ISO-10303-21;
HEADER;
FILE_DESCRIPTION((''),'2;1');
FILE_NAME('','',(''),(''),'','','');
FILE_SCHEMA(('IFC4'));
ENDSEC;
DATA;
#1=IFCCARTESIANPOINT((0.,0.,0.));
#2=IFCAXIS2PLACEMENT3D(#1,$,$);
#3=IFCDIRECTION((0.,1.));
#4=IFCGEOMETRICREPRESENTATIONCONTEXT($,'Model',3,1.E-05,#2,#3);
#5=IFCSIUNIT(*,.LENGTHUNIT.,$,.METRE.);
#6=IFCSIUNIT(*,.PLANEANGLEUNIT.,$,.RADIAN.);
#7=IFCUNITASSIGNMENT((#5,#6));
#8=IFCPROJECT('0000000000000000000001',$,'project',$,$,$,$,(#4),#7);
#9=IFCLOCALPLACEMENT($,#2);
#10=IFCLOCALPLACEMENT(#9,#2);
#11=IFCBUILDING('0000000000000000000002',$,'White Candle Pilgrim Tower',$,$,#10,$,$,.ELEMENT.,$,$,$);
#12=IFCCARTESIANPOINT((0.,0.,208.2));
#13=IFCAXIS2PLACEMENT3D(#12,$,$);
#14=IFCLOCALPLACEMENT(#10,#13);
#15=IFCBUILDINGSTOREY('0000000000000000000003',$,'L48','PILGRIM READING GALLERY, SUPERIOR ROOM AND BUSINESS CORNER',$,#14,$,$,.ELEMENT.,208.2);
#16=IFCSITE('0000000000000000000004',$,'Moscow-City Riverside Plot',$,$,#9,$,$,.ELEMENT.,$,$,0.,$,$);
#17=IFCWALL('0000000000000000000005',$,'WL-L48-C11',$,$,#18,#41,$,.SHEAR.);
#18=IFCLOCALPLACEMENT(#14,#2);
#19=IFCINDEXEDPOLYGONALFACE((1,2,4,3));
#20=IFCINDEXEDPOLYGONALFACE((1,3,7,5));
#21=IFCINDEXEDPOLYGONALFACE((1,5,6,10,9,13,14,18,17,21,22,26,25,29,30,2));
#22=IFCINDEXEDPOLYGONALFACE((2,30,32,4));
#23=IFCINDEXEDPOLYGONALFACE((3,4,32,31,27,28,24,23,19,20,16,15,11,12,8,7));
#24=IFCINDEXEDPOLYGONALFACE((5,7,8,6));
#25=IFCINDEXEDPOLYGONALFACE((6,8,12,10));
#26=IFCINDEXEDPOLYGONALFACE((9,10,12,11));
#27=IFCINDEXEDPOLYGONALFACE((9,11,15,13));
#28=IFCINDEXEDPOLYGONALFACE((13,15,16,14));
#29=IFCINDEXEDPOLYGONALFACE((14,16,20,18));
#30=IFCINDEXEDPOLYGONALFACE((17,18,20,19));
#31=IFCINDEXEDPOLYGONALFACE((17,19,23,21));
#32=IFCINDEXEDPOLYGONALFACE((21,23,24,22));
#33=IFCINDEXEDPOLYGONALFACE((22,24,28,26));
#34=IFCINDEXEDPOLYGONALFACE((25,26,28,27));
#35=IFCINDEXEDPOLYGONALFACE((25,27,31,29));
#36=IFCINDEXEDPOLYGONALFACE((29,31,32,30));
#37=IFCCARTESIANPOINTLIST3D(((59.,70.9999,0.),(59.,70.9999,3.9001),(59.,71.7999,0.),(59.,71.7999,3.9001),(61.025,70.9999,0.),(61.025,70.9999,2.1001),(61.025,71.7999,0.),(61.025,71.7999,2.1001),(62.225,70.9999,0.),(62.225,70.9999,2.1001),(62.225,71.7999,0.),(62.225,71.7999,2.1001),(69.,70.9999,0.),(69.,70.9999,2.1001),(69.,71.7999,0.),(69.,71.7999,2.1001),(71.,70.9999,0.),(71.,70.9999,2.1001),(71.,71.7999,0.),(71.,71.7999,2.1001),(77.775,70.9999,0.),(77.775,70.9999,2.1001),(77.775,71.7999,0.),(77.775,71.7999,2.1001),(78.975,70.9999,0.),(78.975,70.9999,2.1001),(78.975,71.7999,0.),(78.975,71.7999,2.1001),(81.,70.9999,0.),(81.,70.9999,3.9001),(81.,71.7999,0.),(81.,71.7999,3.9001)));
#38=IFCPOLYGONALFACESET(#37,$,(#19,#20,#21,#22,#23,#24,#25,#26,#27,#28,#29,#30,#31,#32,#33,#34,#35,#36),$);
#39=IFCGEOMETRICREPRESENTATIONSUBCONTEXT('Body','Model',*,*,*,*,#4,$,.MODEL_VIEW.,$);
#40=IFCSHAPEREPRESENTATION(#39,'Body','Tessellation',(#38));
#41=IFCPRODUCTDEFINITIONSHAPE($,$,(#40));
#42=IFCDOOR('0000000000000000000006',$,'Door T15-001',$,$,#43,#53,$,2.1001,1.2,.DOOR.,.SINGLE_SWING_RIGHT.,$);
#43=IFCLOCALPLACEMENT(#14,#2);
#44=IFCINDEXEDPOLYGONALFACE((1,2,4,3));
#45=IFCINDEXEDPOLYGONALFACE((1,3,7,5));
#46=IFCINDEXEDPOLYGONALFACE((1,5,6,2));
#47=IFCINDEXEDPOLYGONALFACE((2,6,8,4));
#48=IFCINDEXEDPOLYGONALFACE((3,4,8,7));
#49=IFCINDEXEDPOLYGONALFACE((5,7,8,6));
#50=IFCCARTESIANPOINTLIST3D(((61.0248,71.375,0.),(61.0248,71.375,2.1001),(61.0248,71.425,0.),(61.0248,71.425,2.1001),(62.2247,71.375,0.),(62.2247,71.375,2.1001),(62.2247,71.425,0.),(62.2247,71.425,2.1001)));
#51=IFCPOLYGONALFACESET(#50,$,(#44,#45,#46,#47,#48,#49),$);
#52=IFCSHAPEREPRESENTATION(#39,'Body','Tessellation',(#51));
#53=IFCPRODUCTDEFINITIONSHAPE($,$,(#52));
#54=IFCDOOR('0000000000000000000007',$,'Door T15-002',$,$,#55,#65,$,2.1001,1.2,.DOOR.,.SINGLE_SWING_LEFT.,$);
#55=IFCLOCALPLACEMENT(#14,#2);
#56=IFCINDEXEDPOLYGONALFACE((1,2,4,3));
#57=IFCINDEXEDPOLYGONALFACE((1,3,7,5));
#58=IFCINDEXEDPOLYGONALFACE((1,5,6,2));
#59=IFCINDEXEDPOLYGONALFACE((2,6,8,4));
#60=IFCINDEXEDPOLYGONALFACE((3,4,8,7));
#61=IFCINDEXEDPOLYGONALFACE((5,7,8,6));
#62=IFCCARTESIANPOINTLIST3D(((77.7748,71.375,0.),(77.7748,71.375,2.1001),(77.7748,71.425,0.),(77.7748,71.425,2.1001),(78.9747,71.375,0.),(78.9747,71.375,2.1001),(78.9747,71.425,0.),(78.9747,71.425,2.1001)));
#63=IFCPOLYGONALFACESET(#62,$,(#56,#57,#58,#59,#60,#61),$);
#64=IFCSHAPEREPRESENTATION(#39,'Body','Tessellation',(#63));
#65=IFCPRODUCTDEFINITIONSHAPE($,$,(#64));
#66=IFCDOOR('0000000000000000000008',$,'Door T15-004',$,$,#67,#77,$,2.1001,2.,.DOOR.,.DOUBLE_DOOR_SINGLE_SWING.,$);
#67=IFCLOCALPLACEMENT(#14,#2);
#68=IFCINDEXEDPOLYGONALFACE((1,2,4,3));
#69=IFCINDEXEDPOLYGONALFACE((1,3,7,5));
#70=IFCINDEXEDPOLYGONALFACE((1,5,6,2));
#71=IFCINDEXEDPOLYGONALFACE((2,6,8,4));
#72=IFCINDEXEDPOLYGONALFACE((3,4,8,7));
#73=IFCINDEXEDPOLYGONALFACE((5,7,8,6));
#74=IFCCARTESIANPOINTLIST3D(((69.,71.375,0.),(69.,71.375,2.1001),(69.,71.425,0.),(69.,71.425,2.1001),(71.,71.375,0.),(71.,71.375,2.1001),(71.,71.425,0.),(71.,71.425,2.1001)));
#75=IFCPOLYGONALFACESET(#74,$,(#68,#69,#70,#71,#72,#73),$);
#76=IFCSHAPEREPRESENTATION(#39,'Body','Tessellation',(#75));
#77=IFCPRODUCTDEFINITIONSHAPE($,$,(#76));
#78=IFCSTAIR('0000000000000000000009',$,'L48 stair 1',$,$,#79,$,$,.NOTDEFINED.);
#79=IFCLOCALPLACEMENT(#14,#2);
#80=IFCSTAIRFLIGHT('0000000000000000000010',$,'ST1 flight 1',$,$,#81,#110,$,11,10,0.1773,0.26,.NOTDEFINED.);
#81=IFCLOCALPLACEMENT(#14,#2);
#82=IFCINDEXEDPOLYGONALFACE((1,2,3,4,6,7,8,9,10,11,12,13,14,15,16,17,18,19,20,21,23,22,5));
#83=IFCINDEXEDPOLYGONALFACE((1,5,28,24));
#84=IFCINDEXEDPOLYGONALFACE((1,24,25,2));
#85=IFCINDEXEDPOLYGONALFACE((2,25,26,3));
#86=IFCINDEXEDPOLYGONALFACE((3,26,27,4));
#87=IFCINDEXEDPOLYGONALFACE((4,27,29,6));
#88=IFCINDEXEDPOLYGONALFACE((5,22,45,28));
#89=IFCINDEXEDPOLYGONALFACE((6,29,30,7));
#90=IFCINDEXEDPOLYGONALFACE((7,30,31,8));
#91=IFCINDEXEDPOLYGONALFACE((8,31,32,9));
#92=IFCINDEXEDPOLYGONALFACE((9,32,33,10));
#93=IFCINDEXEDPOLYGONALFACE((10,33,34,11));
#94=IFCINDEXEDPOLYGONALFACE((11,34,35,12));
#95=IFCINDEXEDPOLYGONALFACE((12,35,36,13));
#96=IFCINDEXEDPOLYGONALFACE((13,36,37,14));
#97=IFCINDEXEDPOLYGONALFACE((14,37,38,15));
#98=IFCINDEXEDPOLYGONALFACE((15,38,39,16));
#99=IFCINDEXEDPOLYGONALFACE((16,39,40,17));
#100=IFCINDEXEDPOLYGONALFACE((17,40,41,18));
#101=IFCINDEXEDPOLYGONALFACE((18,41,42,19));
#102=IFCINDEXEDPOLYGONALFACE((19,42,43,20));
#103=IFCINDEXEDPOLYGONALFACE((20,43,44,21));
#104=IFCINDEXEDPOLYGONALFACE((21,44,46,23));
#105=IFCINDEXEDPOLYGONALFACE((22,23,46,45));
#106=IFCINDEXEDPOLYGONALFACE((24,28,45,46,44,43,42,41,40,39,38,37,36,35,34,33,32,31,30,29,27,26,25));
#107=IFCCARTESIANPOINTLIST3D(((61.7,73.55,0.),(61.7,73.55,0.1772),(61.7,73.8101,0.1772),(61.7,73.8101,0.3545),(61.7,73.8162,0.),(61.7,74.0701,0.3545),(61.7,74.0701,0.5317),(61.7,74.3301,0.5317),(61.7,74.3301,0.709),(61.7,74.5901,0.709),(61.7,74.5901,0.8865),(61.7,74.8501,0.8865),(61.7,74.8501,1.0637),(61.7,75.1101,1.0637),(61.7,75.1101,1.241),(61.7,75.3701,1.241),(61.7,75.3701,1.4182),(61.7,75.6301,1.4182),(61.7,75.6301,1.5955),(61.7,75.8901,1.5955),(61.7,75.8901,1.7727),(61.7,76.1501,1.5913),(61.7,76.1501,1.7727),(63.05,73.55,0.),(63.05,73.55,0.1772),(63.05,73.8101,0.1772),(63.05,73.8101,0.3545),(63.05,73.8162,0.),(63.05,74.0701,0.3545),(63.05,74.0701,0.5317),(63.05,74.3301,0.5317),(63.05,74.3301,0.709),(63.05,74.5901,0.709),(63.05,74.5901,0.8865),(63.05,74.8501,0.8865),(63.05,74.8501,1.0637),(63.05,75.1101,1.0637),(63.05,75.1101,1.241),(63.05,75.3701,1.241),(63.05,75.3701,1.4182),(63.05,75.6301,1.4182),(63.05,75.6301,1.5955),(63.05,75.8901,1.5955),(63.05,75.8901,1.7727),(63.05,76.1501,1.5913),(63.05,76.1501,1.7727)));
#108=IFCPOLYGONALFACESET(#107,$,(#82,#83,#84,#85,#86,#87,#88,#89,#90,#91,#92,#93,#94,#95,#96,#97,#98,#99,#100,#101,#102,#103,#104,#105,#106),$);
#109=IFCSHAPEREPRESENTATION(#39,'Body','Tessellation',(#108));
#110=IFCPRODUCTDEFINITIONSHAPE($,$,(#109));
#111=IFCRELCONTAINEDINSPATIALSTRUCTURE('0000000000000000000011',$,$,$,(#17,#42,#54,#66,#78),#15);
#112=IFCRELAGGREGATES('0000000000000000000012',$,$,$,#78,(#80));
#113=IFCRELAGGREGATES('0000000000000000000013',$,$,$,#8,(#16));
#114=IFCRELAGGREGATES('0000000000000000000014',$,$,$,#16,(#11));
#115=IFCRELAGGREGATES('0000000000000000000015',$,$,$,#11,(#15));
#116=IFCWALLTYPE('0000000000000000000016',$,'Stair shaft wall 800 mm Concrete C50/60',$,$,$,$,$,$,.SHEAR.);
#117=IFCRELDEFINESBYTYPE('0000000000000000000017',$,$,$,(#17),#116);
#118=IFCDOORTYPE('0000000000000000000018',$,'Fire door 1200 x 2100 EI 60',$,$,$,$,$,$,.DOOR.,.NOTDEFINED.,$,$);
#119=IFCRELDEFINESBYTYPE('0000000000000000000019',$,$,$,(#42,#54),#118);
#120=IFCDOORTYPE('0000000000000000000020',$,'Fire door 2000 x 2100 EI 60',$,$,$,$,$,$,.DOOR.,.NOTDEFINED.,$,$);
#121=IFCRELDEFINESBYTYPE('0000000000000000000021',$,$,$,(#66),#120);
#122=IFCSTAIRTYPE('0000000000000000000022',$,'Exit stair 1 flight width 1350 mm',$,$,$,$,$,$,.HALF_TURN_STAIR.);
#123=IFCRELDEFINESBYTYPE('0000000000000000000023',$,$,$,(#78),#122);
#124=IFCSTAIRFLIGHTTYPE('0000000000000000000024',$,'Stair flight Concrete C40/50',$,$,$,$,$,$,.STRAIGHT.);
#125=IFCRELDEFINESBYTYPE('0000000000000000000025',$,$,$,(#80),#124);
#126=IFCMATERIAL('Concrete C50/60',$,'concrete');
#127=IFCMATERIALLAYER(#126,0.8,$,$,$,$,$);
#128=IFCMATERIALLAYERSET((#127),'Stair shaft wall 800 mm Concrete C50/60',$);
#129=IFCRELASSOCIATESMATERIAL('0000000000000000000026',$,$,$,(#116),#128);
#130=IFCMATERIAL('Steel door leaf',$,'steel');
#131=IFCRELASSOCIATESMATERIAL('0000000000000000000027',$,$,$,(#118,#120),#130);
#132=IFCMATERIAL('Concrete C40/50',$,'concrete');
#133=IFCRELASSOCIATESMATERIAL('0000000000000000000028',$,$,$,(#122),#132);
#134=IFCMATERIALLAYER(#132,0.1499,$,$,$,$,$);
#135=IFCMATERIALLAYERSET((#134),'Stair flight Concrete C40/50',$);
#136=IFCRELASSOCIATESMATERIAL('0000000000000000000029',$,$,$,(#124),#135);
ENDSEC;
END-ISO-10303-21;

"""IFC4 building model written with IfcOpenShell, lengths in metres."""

from ifc_helpers import new_model, si_unit, direction, frame, frame_2d, origin, place, context, subcontext, project, spatial, polyline, rectangle, outline, extrude, material, layer, layer_set, type_object, element, fill, aggregate, save


model = new_model("IFC4")

# Units and contexts
model_context = context("Model", 3, precision=1e-05, world=origin(), true_north=direction((0.0, 1.0)))
body_context = subcontext(model_context, "Body", "Model", "MODEL_VIEW")
ifc_project = project(units=[si_unit("LENGTHUNIT", "METRE"), si_unit("PLANEANGLEUNIT", "RADIAN")], contexts=[model_context])

# Site, building, storey
site_placement = place(None, origin())
site = spatial("IfcSite", under=ifc_project, at=site_placement, Name="Moscow-City Riverside Plot", CompositionType="ELEMENT", RefElevation=0.0)
building_placement = place(site_placement, origin())
building = spatial("IfcBuilding", under=site, at=building_placement, Name="White Candle Pilgrim Tower", CompositionType="ELEMENT")
storey_placement = place(building_placement, frame((0.0, 0.0, 208.2)))
storey = spatial("IfcBuildingStorey", under=building, at=storey_placement, Name="L48", Description="PILGRIM READING GALLERY, SUPERIOR ROOM AND BUSINESS CORNER", CompositionType="ELEMENT", Elevation=208.2)

# Shared definitions
ifc_material_1 = material(Name="Steel door leaf", Category="steel")

# Shared definitions
ifc_material_2 = material(Name="Concrete C50/60", Category="concrete")

# Wall, openings, doors
ifc_layer_1 = layer(ifc_material_2, 0.8)
ifc_layer_set_1 = layer_set([ifc_layer_1], Name="Stair shaft wall 800 mm Concrete C50/60")
wall_type_1 = type_object("IfcWallType", Name="Stair shaft wall 800 mm Concrete C50/60", PredefinedType="SHEAR", material=ifc_layer_set_1)
wall_1_placement = place(storey_placement, frame((59.0, 71.3999, 0.0), z_axis=(0.0, 0.0, 1.0), x_axis=(1.0, 0.0, 0.0)))
wall_1 = element("IfcWall", 1, at=wall_1_placement, inside=storey, type_object=wall_type_1, Name="WL-L48-C11", PredefinedType="SHEAR", context=body_context, shape_type="SweptSolid", body=[
    extrude(rectangle(XDim=22.0, YDim=0.8, at=frame_2d((11.0, 0.0))), origin(), (0.0, 0.0, 1.0), 3.9001),
])
opening_1_placement = place(wall_1_placement, frame((2.0249, 0.0, 0.0)))
opening_1 = element("IfcOpeningElement", 2, at=opening_1_placement, cuts=wall_1, PredefinedType="OPENING", context=body_context, shape_type="SweptSolid", body=[
    extrude(rectangle(XDim=1.2, YDim=2.1001, at=frame_2d((0.6001, 1.05))), frame((0.0, 0.4099, 0.0), z_axis=(0.0, -1.0, 0.0), x_axis=(1.0, 0.0, 0.0)), (0.0, 0.0, 1.0), 0.8201),
])
opening_2_placement = place(wall_1_placement, frame((18.7749, 0.0, 0.0)))
opening_2 = element("IfcOpeningElement", 3, at=opening_2_placement, cuts=wall_1, PredefinedType="OPENING", context=body_context, shape_type="SweptSolid", body=[
    extrude(rectangle(XDim=1.2, YDim=2.1001, at=frame_2d((0.6001, 1.05))), frame((0.0, 0.4099, 0.0), z_axis=(0.0, -1.0, 0.0), x_axis=(1.0, 0.0, 0.0)), (0.0, 0.0, 1.0), 0.8201),
])
opening_3_placement = place(wall_1_placement, frame((10.0, 0.0, 0.0)))
opening_3 = element("IfcOpeningElement", 4, at=opening_3_placement, cuts=wall_1, PredefinedType="OPENING", context=body_context, shape_type="SweptSolid", body=[
    extrude(rectangle(XDim=2.0, YDim=2.1001, at=frame_2d((1.0, 1.05))), frame((0.0, 0.4099, 0.0), z_axis=(0.0, -1.0, 0.0), x_axis=(1.0, 0.0, 0.0)), (0.0, 0.0, 1.0), 0.8201),
])
door_type_1 = type_object("IfcDoorType", Name="Fire door 1200 x 2100 EI 60", OperationType="NOTDEFINED", PredefinedType="DOOR", material=ifc_material_1)
door_1_placement = place(opening_1_placement, frame((1.2, 0.0, 0.0), z_axis=(0.0, 0.0, 1.0), x_axis=(-1.0, 0.0, 0.0)))
door_1 = element("IfcDoor", 5, at=door_1_placement, inside=storey, type_object=door_type_1, Name="Door T15-001", OperationType="SINGLE_SWING_RIGHT", OverallHeight=2.1001, OverallWidth=1.2, PredefinedType="DOOR", context=body_context, shape_type="SweptSolid", body=[
    extrude(rectangle(XDim=1.2, YDim=2.1001, at=frame_2d((0.6001, 1.05))), frame((0.0, 0.0249, 0.0), z_axis=(0.0, -1.0, 0.0), x_axis=(1.0, 0.0, 0.0)), (0.0, 0.0, 1.0), 0.05),
])
fill(opening_1, door_1)
door_2_placement = place(opening_2_placement, frame((1.2, 0.0, 0.0), z_axis=(0.0, 0.0, 1.0), x_axis=(-1.0, 0.0, 0.0)))
door_2 = element("IfcDoor", 6, at=door_2_placement, inside=storey, type_object=door_type_1, Name="Door T15-002", OperationType="SINGLE_SWING_LEFT", OverallHeight=2.1001, OverallWidth=1.2, PredefinedType="DOOR", context=body_context, shape_type="SweptSolid", body=[
    extrude(rectangle(XDim=1.2, YDim=2.1001, at=frame_2d((0.6001, 1.05))), frame((0.0, 0.0249, 0.0), z_axis=(0.0, -1.0, 0.0), x_axis=(1.0, 0.0, 0.0)), (0.0, 0.0, 1.0), 0.05),
])
fill(opening_2, door_2)
door_type_2 = type_object("IfcDoorType", Name="Fire door 2000 x 2100 EI 60", OperationType="NOTDEFINED", PredefinedType="DOOR", material=ifc_material_1)
door_3_placement = place(opening_3_placement, frame((2.0, 0.0, 0.0), z_axis=(0.0, 0.0, 1.0), x_axis=(-1.0, 0.0, 0.0)))
door_3 = element("IfcDoor", 7, at=door_3_placement, inside=storey, type_object=door_type_2, Name="Door T15-004", OperationType="DOUBLE_DOOR_SINGLE_SWING", OverallHeight=2.1001, OverallWidth=2.0, PredefinedType="DOOR", context=body_context, shape_type="SweptSolid", body=[
    extrude(rectangle(XDim=2.0, YDim=2.1001, at=frame_2d((1.0, 1.05))), frame((0.0, 0.0249, 0.0), z_axis=(0.0, -1.0, 0.0), x_axis=(1.0, 0.0, 0.0)), (0.0, 0.0, 1.0), 0.05),
])
fill(opening_3, door_3)

# Stair, stair flight
ifc_material_3 = material(Name="Concrete C40/50", Category="concrete")
stair_type = type_object("IfcStairType", Name="Exit stair 1 flight width 1350 mm", PredefinedType="HALF_TURN_STAIR", material=ifc_material_3)
stair_placement = place(storey_placement, origin())
stair = element("IfcStair", 8, at=stair_placement, inside=storey, type_object=stair_type, Name="L48 stair 1", PredefinedType="NOTDEFINED")
ifc_layer_2 = layer(ifc_material_3, 0.1499)
ifc_layer_set_2 = layer_set([ifc_layer_2], Name="Stair flight Concrete C40/50")
stair_flight_type = type_object("IfcStairFlightType", Name="Stair flight Concrete C40/50", PredefinedType="STRAIGHT", material=ifc_layer_set_2)
stair_flight_placement = place(storey_placement, frame((62.375, 73.55, 0.0), z_axis=(0.0, 0.0, 1.0), x_axis=(0.0, 1.0, 0.0)))
stair_flight = element("IfcStairFlight", 9, at=stair_flight_placement, type_object=stair_flight_type, Name="ST1 flight 1", NumberOfRisers=11, NumberOfTreads=10, PredefinedType="NOTDEFINED", RiserHeight=0.1773, TreadLength=0.26, context=body_context, shape_type="SweptSolid", body=[
    extrude(outline(polyline([(0.0, 0.0), (0.0, 0.1772), (0.26, 0.1772), (0.26, 0.3545), (0.52, 0.3545), (0.52, 0.5317), (0.78, 0.5317), (0.78, 0.709), (1.04, 0.709), (1.04, 0.8865), (1.3, 0.8865), (1.3, 1.0637), (1.5601, 1.0637), (1.5601, 1.241), (1.8201, 1.241), (1.8201, 1.4182), (2.0801, 1.4182), (2.0801, 1.5955), (2.3401, 1.5955), (2.3401, 1.7727), (2.6001, 1.7727), (2.6001, 1.95), (2.6001, 1.5913), (0.2661, 0.0), (0.0, 0.0)])), frame((0.0, 0.675, 0.0), z_axis=(0.0, -1.0, 0.0), x_axis=(1.0, 0.0, 0.0)), (0.0, 0.0, 1.0), 1.3501),
])
aggregate(stair, [stair_flight])

save(model, "model.ifc")
